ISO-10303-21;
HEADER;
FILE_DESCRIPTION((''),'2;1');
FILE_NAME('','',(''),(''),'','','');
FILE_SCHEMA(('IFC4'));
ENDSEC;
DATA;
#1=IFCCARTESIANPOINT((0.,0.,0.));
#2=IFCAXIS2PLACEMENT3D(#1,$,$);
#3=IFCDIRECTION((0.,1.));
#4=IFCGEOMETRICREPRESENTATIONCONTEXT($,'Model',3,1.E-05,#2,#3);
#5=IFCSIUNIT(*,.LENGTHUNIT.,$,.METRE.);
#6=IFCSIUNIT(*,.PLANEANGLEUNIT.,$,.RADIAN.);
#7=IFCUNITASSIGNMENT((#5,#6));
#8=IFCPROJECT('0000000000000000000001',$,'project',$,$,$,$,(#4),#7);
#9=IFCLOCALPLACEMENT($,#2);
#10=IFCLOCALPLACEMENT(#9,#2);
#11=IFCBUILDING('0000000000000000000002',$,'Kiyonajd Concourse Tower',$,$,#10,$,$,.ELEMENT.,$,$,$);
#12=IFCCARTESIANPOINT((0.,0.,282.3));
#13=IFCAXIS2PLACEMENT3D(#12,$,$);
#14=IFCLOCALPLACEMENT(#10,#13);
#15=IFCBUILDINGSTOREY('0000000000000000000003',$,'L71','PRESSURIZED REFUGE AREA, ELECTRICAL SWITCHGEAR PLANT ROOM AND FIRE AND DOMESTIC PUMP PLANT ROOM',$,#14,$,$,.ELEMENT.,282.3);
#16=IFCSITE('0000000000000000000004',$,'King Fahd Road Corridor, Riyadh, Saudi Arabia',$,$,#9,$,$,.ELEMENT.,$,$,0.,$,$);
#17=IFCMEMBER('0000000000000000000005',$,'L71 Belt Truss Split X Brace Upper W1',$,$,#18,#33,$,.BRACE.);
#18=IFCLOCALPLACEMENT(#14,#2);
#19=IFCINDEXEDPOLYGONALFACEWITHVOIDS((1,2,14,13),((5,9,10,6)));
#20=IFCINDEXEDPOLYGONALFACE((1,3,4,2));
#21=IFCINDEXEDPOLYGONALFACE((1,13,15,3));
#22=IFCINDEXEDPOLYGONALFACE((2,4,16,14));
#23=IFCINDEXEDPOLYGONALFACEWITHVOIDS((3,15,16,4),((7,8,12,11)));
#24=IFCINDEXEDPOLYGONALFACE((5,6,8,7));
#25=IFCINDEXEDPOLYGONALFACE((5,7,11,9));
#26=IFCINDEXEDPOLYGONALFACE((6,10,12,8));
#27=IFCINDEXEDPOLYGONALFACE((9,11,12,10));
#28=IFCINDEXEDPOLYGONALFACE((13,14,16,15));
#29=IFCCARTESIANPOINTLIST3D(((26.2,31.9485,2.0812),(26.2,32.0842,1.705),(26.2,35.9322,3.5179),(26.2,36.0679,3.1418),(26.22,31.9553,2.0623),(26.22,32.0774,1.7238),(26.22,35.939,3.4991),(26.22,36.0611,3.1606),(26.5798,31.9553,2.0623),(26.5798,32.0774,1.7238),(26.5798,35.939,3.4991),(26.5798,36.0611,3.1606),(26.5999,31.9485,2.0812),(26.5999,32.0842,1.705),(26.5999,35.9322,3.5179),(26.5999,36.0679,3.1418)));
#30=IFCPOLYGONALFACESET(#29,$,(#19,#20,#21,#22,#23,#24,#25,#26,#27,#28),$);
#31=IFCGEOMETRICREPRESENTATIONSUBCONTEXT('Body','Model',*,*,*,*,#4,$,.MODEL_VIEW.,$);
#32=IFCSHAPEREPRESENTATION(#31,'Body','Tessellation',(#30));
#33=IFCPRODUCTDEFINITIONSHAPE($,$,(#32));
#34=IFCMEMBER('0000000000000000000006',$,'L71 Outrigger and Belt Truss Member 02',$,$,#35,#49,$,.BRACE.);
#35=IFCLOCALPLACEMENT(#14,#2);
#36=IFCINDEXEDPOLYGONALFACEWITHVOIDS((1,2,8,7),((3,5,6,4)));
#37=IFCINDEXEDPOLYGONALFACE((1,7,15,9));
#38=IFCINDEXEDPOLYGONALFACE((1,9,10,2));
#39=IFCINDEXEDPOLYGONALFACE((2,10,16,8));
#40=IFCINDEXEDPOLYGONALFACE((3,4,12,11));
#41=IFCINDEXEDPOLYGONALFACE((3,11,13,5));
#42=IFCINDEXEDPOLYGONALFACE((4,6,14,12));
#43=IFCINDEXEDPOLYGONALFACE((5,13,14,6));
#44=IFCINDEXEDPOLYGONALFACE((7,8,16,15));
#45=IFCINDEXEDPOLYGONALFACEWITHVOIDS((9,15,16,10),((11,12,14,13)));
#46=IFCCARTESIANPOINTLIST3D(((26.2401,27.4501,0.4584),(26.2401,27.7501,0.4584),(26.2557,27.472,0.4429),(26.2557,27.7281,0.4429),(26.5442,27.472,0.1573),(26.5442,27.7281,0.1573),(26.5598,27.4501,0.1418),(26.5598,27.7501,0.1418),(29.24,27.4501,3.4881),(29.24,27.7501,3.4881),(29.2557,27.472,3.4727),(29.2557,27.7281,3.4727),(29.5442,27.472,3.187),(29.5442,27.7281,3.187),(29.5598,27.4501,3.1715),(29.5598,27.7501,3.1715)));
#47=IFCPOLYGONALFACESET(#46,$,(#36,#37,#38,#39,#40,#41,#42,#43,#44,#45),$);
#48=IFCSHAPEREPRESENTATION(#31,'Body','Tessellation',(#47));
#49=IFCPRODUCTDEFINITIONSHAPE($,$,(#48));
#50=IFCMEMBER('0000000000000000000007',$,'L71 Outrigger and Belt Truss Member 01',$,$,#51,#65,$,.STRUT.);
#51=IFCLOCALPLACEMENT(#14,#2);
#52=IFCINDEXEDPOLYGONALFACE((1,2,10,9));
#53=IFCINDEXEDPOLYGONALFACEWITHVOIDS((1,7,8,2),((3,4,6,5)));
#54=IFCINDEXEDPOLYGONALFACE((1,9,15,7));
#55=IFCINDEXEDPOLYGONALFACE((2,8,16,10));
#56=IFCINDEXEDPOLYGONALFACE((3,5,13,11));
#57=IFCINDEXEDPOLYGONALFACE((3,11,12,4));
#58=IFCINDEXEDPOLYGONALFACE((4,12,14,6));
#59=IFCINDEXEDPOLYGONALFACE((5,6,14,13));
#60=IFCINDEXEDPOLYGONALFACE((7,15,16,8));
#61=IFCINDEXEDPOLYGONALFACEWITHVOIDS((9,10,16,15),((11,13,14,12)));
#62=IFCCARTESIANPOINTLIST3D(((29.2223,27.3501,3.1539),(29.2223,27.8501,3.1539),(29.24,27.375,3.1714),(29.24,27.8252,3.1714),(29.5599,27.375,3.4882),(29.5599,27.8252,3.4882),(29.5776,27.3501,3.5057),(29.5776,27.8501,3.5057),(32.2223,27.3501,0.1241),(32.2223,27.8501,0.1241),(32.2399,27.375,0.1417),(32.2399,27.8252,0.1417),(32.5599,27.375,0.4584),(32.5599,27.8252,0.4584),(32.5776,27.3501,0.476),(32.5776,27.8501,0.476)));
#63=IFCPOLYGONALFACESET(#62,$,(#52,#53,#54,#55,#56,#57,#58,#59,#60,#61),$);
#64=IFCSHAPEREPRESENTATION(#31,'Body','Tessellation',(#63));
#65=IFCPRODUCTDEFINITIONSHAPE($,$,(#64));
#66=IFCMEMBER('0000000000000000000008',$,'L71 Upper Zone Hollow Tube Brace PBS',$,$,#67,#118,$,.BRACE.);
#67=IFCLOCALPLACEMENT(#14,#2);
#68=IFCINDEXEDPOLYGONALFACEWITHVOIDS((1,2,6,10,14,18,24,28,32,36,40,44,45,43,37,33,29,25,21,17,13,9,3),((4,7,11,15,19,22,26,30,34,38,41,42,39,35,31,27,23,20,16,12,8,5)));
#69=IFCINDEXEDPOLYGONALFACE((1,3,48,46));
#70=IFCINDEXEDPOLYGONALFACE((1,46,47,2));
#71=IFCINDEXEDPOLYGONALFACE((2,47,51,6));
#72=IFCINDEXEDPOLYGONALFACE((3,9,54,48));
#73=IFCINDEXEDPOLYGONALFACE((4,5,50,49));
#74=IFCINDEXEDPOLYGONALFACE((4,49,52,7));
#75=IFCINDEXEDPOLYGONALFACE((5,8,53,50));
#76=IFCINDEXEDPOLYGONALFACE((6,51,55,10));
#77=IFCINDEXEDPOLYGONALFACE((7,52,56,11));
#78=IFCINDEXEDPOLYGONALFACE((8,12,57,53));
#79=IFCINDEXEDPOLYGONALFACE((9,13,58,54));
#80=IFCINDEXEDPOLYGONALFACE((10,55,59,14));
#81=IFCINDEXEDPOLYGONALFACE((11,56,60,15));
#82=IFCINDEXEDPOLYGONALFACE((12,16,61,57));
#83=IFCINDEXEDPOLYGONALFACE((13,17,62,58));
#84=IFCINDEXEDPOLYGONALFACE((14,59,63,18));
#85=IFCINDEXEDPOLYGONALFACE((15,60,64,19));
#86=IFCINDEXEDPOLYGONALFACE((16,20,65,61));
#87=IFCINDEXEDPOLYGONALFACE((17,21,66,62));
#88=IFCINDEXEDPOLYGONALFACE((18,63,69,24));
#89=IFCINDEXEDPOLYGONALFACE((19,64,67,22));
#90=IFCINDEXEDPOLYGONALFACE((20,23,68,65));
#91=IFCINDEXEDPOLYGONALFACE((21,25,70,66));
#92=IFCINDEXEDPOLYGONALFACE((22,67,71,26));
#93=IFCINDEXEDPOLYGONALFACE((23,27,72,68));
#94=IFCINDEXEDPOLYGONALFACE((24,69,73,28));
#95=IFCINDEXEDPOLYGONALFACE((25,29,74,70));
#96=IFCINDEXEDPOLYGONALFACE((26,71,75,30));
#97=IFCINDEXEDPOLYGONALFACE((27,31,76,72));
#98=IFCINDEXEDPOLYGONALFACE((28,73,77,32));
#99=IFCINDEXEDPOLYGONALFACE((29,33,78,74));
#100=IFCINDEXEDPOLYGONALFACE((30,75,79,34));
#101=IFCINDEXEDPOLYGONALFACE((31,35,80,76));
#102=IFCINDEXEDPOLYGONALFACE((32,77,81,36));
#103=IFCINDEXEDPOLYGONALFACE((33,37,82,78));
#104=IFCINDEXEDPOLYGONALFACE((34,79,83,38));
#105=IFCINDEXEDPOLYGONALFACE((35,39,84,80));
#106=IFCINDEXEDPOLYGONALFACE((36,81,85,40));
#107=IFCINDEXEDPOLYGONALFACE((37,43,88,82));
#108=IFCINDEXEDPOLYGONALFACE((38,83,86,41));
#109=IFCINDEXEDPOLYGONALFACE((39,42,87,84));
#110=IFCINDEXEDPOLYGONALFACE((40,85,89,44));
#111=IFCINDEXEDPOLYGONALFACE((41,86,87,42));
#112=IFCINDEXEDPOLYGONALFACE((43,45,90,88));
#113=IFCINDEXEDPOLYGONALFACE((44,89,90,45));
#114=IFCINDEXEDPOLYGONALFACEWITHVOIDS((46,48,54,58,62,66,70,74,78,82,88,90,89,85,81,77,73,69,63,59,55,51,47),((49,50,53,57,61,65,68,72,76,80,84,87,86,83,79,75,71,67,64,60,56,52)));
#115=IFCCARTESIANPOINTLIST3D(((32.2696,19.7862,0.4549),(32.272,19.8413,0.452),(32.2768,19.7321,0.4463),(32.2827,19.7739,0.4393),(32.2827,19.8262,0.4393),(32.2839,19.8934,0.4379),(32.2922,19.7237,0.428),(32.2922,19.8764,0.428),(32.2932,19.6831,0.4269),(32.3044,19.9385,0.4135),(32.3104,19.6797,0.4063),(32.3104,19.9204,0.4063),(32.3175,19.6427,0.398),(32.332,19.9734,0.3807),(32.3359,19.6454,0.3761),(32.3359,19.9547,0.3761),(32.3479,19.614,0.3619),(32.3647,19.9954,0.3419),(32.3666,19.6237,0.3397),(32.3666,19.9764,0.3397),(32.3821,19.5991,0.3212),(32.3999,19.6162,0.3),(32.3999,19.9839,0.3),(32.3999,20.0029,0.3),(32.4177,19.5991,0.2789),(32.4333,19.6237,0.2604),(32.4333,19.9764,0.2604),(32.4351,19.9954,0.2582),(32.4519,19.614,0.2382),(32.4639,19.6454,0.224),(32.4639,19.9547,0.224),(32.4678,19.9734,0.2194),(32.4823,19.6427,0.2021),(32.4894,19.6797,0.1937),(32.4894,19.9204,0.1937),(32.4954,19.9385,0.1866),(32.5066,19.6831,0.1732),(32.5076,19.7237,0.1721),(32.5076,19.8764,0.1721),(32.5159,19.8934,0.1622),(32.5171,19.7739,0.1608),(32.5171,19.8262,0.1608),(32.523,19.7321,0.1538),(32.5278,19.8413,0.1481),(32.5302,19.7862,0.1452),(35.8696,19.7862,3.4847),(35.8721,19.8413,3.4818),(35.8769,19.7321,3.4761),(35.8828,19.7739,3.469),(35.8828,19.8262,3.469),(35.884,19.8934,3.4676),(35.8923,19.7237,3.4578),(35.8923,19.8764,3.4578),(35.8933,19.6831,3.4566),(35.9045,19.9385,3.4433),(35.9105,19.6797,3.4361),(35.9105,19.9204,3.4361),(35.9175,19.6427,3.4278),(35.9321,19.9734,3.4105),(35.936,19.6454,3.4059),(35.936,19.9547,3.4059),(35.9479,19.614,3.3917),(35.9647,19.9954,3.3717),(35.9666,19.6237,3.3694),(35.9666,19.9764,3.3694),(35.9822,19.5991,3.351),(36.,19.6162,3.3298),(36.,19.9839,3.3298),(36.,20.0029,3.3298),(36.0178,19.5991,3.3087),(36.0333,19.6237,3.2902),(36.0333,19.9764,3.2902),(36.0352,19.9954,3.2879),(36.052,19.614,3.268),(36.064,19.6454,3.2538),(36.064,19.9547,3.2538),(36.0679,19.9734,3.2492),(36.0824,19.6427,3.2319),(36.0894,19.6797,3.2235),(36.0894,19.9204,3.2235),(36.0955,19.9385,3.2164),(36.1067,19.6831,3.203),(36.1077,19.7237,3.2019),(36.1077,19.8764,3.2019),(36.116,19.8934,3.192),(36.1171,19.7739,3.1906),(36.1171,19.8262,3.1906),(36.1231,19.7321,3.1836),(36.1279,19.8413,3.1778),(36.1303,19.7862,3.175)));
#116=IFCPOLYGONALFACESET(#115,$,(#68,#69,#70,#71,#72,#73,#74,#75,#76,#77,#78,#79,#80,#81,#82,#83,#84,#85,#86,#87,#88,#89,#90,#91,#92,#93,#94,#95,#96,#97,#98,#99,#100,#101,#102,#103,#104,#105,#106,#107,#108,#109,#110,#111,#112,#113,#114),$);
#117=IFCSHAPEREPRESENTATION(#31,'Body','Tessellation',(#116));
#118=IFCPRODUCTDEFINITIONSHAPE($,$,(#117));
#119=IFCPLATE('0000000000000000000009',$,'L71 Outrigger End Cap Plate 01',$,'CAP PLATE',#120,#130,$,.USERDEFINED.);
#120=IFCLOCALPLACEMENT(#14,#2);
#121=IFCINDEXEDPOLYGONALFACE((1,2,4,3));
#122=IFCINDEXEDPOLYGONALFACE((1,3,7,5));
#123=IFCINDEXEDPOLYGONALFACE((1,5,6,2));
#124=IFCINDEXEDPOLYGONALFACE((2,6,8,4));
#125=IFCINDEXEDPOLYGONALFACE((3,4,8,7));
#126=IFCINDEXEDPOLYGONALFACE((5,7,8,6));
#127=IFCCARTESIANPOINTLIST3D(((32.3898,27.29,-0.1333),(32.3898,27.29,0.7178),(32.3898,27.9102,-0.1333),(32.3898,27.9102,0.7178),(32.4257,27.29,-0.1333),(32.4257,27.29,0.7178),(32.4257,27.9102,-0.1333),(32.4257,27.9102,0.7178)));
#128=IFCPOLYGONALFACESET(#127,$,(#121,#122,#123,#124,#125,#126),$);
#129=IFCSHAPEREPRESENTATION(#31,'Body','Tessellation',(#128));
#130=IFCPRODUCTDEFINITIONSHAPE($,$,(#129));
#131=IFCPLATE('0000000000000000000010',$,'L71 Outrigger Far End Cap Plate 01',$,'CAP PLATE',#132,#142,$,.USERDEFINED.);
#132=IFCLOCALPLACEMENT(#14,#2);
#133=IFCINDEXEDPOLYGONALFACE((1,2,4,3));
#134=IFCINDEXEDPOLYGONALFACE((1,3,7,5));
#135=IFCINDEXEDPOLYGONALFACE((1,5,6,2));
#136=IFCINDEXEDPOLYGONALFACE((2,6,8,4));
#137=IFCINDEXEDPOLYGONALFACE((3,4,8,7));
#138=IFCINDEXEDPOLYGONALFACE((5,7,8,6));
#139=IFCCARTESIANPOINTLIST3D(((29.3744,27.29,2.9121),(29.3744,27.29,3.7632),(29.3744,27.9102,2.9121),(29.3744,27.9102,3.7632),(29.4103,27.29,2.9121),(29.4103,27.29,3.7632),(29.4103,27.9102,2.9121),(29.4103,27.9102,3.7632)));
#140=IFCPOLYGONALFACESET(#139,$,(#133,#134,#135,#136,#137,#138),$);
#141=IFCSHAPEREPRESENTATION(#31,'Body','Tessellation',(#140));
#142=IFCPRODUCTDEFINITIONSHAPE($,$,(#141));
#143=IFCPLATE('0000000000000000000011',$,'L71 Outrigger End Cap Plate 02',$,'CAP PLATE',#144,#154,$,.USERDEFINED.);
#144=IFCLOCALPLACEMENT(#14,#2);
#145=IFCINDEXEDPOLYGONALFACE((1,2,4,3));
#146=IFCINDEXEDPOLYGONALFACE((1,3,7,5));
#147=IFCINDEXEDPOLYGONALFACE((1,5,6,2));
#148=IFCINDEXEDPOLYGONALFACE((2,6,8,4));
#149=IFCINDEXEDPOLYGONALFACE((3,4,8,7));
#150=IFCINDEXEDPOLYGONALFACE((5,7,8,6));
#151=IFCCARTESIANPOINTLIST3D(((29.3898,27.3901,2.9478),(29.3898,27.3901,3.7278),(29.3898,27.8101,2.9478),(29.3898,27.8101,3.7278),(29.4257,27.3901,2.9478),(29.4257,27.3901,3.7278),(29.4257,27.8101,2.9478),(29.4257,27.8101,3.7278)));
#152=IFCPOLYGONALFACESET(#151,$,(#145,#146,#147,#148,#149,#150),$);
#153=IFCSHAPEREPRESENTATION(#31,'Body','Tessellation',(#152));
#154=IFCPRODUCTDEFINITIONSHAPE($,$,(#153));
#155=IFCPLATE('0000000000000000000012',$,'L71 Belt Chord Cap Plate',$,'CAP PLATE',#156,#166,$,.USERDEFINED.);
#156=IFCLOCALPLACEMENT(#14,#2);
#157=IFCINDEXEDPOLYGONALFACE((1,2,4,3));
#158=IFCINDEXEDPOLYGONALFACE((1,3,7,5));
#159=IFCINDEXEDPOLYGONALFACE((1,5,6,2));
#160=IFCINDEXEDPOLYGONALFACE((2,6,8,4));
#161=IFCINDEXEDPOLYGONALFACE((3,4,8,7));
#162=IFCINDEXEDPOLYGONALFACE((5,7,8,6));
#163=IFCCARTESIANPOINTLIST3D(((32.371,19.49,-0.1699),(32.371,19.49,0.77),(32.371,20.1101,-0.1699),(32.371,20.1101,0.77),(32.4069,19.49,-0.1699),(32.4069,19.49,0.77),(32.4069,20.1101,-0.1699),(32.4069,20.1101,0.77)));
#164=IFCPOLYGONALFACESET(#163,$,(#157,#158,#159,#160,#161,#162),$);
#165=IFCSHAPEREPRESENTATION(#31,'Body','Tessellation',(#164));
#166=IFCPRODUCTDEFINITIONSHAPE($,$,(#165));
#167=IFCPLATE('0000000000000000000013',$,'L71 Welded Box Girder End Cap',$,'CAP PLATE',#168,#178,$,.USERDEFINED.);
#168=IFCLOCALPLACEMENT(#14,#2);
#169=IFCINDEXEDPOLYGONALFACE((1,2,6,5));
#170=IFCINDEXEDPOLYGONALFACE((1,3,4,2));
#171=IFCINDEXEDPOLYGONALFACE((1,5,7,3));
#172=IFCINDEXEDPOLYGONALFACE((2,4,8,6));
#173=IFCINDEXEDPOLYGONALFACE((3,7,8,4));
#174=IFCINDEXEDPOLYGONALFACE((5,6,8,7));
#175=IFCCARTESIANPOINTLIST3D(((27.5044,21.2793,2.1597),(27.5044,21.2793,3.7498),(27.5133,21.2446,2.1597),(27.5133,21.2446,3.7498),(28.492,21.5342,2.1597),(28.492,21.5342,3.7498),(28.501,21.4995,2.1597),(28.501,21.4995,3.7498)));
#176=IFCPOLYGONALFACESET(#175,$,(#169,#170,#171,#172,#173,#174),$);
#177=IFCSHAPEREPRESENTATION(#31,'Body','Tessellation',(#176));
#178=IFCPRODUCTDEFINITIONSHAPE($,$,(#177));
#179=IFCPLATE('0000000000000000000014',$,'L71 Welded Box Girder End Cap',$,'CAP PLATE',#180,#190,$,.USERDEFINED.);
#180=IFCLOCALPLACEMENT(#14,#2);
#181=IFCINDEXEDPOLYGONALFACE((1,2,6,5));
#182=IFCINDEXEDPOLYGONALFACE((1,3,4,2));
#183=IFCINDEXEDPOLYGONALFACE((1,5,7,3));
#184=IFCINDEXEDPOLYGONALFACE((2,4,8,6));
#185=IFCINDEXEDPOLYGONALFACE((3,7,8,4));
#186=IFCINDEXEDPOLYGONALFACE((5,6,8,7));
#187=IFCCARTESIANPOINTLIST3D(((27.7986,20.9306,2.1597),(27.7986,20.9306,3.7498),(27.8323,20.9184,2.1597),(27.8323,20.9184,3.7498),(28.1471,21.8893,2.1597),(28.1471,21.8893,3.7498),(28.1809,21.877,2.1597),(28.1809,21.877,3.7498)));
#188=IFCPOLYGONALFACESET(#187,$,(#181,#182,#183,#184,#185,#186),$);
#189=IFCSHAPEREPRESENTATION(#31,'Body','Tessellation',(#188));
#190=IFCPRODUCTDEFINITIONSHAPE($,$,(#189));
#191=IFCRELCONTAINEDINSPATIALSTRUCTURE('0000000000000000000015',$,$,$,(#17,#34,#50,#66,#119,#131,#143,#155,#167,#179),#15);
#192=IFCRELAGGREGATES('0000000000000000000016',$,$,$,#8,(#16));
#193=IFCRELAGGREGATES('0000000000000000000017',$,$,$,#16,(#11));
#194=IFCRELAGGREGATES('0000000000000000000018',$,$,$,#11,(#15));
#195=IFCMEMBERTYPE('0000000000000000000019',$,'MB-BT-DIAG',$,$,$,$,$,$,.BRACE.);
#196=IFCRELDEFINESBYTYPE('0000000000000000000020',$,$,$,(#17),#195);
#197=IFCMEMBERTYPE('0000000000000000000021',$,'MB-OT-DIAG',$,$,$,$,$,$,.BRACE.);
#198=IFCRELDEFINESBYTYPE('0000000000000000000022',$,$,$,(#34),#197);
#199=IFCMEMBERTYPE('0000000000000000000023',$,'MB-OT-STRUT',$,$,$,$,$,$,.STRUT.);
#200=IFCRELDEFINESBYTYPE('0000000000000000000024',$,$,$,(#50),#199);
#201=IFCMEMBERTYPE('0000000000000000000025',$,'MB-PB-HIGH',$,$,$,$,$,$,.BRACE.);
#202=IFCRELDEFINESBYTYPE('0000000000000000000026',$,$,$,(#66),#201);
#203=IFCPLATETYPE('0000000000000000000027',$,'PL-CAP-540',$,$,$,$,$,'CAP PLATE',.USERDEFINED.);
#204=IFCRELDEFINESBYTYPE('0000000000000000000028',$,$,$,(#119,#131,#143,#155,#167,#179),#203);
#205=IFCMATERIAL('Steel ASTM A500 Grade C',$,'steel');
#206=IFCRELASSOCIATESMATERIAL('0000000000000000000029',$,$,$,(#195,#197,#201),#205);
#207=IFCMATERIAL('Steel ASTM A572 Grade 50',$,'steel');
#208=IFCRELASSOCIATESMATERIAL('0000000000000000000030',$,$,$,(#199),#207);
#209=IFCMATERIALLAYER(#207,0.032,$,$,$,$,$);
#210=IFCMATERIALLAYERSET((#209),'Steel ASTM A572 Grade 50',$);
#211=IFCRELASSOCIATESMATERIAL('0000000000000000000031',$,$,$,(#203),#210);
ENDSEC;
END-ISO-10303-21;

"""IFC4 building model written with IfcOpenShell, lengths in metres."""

from ifc_helpers import new_model, si_unit, direction, frame, origin, origin_2d, place, context, subcontext, project, spatial, rectangle, hollow_rectangle, hollow_circle, extrude, material, layer, layer_set, material_profile, profile_set, type_object, element, save


model = new_model("IFC4")

# Units and contexts
model_context = context("Model", 3, precision=1e-05, world=origin(), true_north=direction((0.0, 1.0)))
body_context = subcontext(model_context, "Body", "Model", "MODEL_VIEW")
ifc_project = project(units=[si_unit("LENGTHUNIT", "METRE"), si_unit("PLANEANGLEUNIT", "RADIAN")], contexts=[model_context])

# Site, building, storey
site_placement = place(None, origin())
site = spatial("IfcSite", under=ifc_project, at=site_placement, Name="King Fahd Road Corridor, Riyadh, Saudi Arabia", CompositionType="ELEMENT", RefElevation=0.0)
building_placement = place(site_placement, origin())
building = spatial("IfcBuilding", under=site, at=building_placement, Name="Kiyonajd Concourse Tower", CompositionType="ELEMENT")
storey_placement = place(building_placement, frame((0.0, 0.0, 282.3)))
storey = spatial("IfcBuildingStorey", under=building, at=storey_placement, Name="L71", Description="PRESSURIZED REFUGE AREA, ELECTRICAL SWITCHGEAR PLANT ROOM AND FIRE AND DOMESTIC PUMP PLANT ROOM", CompositionType="ELEMENT", Elevation=282.3)

# Shared definitions
ifc_material_1 = material(Name="Steel ASTM A572 Grade 50", Category="steel")

# Members
ifc_material_2 = material(Name="Steel ASTM A500 Grade C", Category="steel")
ifc_material_profile_1 = material_profile(ifc_material_2, hollow_rectangle(XDim=0.3999, YDim=0.3999, WallThickness=0.02, at=origin_2d()), Name="HSS-400x400x20")
ifc_profile_set_1 = profile_set([ifc_material_profile_1], Name="Steel ASTM A500 Grade C")
member_type_1 = type_object("IfcMemberType", Name="MB-BT-DIAG", PredefinedType="BRACE", material=ifc_profile_set_1)
member_1_placement = place(storey_placement, frame((26.3999, 32.0164, 1.8931), z_axis=(0.0, 0.940687, 0.339275), x_axis=(-1.0, 0.0, 0.0)))
element("IfcMember", 1, at=member_1_placement, inside=storey, type_object=member_type_1, Name="L71 Belt Truss Split X Brace Upper W1", PredefinedType="BRACE", context=body_context, shape_type="SweptSolid", body=[
    extrude(hollow_rectangle(XDim=0.3999, YDim=0.3999, WallThickness=0.02, at=origin_2d()), origin(), (0.0, 0.0, 1.0), 4.2349),
])
ifc_material_profile_2 = material_profile(ifc_material_2, hollow_rectangle(XDim=0.3, YDim=0.45, WallThickness=0.022, at=origin_2d()), Name="HSS-450x300x22")
ifc_profile_set_2 = profile_set([ifc_material_profile_2], Name="Steel ASTM A500 Grade C")
member_type_2 = type_object("IfcMemberType", Name="MB-OT-DIAG", PredefinedType="BRACE", material=ifc_profile_set_2)
member_2_placement = place(storey_placement, frame((29.3999, 27.6001, 3.3298), z_axis=(-0.703605, 0.0, -0.710591), x_axis=(0.0, -1.0, 0.0)))
element("IfcMember", 2, at=member_2_placement, inside=storey, type_object=member_type_2, Name="L71 Outrigger and Belt Truss Member 02", PredefinedType="BRACE", context=body_context, shape_type="SweptSolid", body=[
    extrude(hollow_rectangle(XDim=0.3, YDim=0.45, WallThickness=0.022, at=origin_2d()), origin(), (0.0, 0.0, 1.0), 4.2637),
])
ifc_material_profile_3 = material_profile(ifc_material_1, hollow_rectangle(XDim=0.5, YDim=0.5, WallThickness=0.0249, at=origin_2d()), Name="HSS-500x500x25")
ifc_profile_set_3 = profile_set([ifc_material_profile_3], Name="Steel ASTM A572 Grade 50")
member_type_3 = type_object("IfcMemberType", Name="MB-OT-STRUT", PredefinedType="STRUT", material=ifc_profile_set_3)
member_3_placement = place(storey_placement, frame((32.3999, 27.6001, 0.3), z_axis=(-0.703605, 0.0, 0.710591), x_axis=(0.0, -1.0, 0.0)))
element("IfcMember", 3, at=member_3_placement, inside=storey, type_object=member_type_3, Name="L71 Outrigger and Belt Truss Member 01", PredefinedType="STRUT", context=body_context, shape_type="SweptSolid", body=[
    extrude(hollow_rectangle(XDim=0.5, YDim=0.5, WallThickness=0.0249, at=origin_2d()), origin(), (0.0, 0.0, 1.0), 4.2637),
])
ifc_material_profile_4 = material_profile(ifc_material_2, hollow_circle(Radius=0.2029, WallThickness=0.019, at=origin_2d()), Name="CHS-406x19")
ifc_profile_set_4 = profile_set([ifc_material_profile_4], Name="Steel ASTM A500 Grade C")
member_type_4 = type_object("IfcMemberType", Name="MB-PB-HIGH", PredefinedType="BRACE", material=ifc_profile_set_4)
member_4_placement = place(storey_placement, frame((32.3999, 19.8, 0.3), z_axis=(0.765108, 0.0, 0.643902), x_axis=(0.0, 1.0, 0.0)))
element("IfcMember", 4, at=member_4_placement, inside=storey, type_object=member_type_4, Name="L71 Upper Zone Hollow Tube Brace PBS", PredefinedType="BRACE", context=body_context, shape_type="SweptSolid", body=[
    extrude(hollow_circle(Radius=0.2029, WallThickness=0.019, at=origin_2d()), origin(), (0.0, 0.0, 1.0), 4.7053),
])

# Plates
ifc_layer_1 = layer(ifc_material_1, 0.032)
ifc_layer_set_1 = layer_set([ifc_layer_1], Name="Steel ASTM A572 Grade 50")
plate_type = type_object("IfcPlateType", Name="PL-CAP-540", ElementType="CAP PLATE", PredefinedType="USERDEFINED", material=ifc_layer_set_1)
for number, where, z_axis, x_axis, name in (
    (5, (32.4077, 27.6001, -0.1333), (0.0, 0.0, 1.0), (1.0, 0.0, 0.0), "L71 Outrigger End Cap Plate 01"),
    (6, (29.3923, 27.6001, 2.9121), (0.0, 0.0, 1.0), (-1.0, 0.0, 0.0), "L71 Outrigger Far End Cap Plate 01"),
):
    element("IfcPlate", number, at=place(storey_placement, frame(where, z_axis=z_axis, x_axis=x_axis)), inside=storey, type_object=plate_type, Name=name, ObjectType="CAP PLATE", PredefinedType="USERDEFINED", context=body_context, shape_type="SweptSolid", body=[
        extrude(rectangle(XDim=0.0359, YDim=0.6201, at=origin_2d()), origin(), (0.0, 0.0, 1.0), 0.8511),
    ])
plate_1_placement = place(storey_placement, frame((29.4077, 27.6001, 2.9478), z_axis=(0.0, 0.0, 1.0), x_axis=(1.0, 0.0, 0.0)))
element("IfcPlate", 7, at=plate_1_placement, inside=storey, type_object=plate_type, Name="L71 Outrigger End Cap Plate 02", ObjectType="CAP PLATE", PredefinedType="USERDEFINED", context=body_context, shape_type="SweptSolid", body=[
    extrude(rectangle(XDim=0.0359, YDim=0.4199, at=origin_2d()), origin(), (0.0, 0.0, 1.0), 0.78),
])
plate_2_placement = place(storey_placement, frame((32.3889, 19.8, -0.1699), z_axis=(0.0, 0.0, 1.0), x_axis=(-1.0, 0.0, 0.0)))
element("IfcPlate", 8, at=plate_2_placement, inside=storey, type_object=plate_type, Name="L71 Belt Chord Cap Plate", ObjectType="CAP PLATE", PredefinedType="USERDEFINED", context=body_context, shape_type="SweptSolid", body=[
    extrude(rectangle(XDim=0.0359, YDim=0.6201, at=origin_2d()), origin(), (0.0, 0.0, 1.0), 0.9399),
])
for number, where, z_axis, x_axis, name in (
    (9, (28.0027, 21.3894, 2.1597), (0.0, 0.0, 1.0), (0.249873, -0.968279, 0.0), "L71 Welded Box Girder End Cap"),
    (10, (27.9897, 21.4038, 2.1597), (0.0, 0.0, 1.0), (-0.939812, 0.341692, 0.0), "L71 Welded Box Girder End Cap"),
):
    element("IfcPlate", number, at=place(storey_placement, frame(where, z_axis=z_axis, x_axis=x_axis)), inside=storey, type_object=plate_type, Name=name, ObjectType="CAP PLATE", PredefinedType="USERDEFINED", context=body_context, shape_type="SweptSolid", body=[
        extrude(rectangle(XDim=0.0359, YDim=1.02, at=origin_2d()), origin(), (0.0, 0.0, 1.0), 1.5901),
    ])

save(model, "model.ifc")
